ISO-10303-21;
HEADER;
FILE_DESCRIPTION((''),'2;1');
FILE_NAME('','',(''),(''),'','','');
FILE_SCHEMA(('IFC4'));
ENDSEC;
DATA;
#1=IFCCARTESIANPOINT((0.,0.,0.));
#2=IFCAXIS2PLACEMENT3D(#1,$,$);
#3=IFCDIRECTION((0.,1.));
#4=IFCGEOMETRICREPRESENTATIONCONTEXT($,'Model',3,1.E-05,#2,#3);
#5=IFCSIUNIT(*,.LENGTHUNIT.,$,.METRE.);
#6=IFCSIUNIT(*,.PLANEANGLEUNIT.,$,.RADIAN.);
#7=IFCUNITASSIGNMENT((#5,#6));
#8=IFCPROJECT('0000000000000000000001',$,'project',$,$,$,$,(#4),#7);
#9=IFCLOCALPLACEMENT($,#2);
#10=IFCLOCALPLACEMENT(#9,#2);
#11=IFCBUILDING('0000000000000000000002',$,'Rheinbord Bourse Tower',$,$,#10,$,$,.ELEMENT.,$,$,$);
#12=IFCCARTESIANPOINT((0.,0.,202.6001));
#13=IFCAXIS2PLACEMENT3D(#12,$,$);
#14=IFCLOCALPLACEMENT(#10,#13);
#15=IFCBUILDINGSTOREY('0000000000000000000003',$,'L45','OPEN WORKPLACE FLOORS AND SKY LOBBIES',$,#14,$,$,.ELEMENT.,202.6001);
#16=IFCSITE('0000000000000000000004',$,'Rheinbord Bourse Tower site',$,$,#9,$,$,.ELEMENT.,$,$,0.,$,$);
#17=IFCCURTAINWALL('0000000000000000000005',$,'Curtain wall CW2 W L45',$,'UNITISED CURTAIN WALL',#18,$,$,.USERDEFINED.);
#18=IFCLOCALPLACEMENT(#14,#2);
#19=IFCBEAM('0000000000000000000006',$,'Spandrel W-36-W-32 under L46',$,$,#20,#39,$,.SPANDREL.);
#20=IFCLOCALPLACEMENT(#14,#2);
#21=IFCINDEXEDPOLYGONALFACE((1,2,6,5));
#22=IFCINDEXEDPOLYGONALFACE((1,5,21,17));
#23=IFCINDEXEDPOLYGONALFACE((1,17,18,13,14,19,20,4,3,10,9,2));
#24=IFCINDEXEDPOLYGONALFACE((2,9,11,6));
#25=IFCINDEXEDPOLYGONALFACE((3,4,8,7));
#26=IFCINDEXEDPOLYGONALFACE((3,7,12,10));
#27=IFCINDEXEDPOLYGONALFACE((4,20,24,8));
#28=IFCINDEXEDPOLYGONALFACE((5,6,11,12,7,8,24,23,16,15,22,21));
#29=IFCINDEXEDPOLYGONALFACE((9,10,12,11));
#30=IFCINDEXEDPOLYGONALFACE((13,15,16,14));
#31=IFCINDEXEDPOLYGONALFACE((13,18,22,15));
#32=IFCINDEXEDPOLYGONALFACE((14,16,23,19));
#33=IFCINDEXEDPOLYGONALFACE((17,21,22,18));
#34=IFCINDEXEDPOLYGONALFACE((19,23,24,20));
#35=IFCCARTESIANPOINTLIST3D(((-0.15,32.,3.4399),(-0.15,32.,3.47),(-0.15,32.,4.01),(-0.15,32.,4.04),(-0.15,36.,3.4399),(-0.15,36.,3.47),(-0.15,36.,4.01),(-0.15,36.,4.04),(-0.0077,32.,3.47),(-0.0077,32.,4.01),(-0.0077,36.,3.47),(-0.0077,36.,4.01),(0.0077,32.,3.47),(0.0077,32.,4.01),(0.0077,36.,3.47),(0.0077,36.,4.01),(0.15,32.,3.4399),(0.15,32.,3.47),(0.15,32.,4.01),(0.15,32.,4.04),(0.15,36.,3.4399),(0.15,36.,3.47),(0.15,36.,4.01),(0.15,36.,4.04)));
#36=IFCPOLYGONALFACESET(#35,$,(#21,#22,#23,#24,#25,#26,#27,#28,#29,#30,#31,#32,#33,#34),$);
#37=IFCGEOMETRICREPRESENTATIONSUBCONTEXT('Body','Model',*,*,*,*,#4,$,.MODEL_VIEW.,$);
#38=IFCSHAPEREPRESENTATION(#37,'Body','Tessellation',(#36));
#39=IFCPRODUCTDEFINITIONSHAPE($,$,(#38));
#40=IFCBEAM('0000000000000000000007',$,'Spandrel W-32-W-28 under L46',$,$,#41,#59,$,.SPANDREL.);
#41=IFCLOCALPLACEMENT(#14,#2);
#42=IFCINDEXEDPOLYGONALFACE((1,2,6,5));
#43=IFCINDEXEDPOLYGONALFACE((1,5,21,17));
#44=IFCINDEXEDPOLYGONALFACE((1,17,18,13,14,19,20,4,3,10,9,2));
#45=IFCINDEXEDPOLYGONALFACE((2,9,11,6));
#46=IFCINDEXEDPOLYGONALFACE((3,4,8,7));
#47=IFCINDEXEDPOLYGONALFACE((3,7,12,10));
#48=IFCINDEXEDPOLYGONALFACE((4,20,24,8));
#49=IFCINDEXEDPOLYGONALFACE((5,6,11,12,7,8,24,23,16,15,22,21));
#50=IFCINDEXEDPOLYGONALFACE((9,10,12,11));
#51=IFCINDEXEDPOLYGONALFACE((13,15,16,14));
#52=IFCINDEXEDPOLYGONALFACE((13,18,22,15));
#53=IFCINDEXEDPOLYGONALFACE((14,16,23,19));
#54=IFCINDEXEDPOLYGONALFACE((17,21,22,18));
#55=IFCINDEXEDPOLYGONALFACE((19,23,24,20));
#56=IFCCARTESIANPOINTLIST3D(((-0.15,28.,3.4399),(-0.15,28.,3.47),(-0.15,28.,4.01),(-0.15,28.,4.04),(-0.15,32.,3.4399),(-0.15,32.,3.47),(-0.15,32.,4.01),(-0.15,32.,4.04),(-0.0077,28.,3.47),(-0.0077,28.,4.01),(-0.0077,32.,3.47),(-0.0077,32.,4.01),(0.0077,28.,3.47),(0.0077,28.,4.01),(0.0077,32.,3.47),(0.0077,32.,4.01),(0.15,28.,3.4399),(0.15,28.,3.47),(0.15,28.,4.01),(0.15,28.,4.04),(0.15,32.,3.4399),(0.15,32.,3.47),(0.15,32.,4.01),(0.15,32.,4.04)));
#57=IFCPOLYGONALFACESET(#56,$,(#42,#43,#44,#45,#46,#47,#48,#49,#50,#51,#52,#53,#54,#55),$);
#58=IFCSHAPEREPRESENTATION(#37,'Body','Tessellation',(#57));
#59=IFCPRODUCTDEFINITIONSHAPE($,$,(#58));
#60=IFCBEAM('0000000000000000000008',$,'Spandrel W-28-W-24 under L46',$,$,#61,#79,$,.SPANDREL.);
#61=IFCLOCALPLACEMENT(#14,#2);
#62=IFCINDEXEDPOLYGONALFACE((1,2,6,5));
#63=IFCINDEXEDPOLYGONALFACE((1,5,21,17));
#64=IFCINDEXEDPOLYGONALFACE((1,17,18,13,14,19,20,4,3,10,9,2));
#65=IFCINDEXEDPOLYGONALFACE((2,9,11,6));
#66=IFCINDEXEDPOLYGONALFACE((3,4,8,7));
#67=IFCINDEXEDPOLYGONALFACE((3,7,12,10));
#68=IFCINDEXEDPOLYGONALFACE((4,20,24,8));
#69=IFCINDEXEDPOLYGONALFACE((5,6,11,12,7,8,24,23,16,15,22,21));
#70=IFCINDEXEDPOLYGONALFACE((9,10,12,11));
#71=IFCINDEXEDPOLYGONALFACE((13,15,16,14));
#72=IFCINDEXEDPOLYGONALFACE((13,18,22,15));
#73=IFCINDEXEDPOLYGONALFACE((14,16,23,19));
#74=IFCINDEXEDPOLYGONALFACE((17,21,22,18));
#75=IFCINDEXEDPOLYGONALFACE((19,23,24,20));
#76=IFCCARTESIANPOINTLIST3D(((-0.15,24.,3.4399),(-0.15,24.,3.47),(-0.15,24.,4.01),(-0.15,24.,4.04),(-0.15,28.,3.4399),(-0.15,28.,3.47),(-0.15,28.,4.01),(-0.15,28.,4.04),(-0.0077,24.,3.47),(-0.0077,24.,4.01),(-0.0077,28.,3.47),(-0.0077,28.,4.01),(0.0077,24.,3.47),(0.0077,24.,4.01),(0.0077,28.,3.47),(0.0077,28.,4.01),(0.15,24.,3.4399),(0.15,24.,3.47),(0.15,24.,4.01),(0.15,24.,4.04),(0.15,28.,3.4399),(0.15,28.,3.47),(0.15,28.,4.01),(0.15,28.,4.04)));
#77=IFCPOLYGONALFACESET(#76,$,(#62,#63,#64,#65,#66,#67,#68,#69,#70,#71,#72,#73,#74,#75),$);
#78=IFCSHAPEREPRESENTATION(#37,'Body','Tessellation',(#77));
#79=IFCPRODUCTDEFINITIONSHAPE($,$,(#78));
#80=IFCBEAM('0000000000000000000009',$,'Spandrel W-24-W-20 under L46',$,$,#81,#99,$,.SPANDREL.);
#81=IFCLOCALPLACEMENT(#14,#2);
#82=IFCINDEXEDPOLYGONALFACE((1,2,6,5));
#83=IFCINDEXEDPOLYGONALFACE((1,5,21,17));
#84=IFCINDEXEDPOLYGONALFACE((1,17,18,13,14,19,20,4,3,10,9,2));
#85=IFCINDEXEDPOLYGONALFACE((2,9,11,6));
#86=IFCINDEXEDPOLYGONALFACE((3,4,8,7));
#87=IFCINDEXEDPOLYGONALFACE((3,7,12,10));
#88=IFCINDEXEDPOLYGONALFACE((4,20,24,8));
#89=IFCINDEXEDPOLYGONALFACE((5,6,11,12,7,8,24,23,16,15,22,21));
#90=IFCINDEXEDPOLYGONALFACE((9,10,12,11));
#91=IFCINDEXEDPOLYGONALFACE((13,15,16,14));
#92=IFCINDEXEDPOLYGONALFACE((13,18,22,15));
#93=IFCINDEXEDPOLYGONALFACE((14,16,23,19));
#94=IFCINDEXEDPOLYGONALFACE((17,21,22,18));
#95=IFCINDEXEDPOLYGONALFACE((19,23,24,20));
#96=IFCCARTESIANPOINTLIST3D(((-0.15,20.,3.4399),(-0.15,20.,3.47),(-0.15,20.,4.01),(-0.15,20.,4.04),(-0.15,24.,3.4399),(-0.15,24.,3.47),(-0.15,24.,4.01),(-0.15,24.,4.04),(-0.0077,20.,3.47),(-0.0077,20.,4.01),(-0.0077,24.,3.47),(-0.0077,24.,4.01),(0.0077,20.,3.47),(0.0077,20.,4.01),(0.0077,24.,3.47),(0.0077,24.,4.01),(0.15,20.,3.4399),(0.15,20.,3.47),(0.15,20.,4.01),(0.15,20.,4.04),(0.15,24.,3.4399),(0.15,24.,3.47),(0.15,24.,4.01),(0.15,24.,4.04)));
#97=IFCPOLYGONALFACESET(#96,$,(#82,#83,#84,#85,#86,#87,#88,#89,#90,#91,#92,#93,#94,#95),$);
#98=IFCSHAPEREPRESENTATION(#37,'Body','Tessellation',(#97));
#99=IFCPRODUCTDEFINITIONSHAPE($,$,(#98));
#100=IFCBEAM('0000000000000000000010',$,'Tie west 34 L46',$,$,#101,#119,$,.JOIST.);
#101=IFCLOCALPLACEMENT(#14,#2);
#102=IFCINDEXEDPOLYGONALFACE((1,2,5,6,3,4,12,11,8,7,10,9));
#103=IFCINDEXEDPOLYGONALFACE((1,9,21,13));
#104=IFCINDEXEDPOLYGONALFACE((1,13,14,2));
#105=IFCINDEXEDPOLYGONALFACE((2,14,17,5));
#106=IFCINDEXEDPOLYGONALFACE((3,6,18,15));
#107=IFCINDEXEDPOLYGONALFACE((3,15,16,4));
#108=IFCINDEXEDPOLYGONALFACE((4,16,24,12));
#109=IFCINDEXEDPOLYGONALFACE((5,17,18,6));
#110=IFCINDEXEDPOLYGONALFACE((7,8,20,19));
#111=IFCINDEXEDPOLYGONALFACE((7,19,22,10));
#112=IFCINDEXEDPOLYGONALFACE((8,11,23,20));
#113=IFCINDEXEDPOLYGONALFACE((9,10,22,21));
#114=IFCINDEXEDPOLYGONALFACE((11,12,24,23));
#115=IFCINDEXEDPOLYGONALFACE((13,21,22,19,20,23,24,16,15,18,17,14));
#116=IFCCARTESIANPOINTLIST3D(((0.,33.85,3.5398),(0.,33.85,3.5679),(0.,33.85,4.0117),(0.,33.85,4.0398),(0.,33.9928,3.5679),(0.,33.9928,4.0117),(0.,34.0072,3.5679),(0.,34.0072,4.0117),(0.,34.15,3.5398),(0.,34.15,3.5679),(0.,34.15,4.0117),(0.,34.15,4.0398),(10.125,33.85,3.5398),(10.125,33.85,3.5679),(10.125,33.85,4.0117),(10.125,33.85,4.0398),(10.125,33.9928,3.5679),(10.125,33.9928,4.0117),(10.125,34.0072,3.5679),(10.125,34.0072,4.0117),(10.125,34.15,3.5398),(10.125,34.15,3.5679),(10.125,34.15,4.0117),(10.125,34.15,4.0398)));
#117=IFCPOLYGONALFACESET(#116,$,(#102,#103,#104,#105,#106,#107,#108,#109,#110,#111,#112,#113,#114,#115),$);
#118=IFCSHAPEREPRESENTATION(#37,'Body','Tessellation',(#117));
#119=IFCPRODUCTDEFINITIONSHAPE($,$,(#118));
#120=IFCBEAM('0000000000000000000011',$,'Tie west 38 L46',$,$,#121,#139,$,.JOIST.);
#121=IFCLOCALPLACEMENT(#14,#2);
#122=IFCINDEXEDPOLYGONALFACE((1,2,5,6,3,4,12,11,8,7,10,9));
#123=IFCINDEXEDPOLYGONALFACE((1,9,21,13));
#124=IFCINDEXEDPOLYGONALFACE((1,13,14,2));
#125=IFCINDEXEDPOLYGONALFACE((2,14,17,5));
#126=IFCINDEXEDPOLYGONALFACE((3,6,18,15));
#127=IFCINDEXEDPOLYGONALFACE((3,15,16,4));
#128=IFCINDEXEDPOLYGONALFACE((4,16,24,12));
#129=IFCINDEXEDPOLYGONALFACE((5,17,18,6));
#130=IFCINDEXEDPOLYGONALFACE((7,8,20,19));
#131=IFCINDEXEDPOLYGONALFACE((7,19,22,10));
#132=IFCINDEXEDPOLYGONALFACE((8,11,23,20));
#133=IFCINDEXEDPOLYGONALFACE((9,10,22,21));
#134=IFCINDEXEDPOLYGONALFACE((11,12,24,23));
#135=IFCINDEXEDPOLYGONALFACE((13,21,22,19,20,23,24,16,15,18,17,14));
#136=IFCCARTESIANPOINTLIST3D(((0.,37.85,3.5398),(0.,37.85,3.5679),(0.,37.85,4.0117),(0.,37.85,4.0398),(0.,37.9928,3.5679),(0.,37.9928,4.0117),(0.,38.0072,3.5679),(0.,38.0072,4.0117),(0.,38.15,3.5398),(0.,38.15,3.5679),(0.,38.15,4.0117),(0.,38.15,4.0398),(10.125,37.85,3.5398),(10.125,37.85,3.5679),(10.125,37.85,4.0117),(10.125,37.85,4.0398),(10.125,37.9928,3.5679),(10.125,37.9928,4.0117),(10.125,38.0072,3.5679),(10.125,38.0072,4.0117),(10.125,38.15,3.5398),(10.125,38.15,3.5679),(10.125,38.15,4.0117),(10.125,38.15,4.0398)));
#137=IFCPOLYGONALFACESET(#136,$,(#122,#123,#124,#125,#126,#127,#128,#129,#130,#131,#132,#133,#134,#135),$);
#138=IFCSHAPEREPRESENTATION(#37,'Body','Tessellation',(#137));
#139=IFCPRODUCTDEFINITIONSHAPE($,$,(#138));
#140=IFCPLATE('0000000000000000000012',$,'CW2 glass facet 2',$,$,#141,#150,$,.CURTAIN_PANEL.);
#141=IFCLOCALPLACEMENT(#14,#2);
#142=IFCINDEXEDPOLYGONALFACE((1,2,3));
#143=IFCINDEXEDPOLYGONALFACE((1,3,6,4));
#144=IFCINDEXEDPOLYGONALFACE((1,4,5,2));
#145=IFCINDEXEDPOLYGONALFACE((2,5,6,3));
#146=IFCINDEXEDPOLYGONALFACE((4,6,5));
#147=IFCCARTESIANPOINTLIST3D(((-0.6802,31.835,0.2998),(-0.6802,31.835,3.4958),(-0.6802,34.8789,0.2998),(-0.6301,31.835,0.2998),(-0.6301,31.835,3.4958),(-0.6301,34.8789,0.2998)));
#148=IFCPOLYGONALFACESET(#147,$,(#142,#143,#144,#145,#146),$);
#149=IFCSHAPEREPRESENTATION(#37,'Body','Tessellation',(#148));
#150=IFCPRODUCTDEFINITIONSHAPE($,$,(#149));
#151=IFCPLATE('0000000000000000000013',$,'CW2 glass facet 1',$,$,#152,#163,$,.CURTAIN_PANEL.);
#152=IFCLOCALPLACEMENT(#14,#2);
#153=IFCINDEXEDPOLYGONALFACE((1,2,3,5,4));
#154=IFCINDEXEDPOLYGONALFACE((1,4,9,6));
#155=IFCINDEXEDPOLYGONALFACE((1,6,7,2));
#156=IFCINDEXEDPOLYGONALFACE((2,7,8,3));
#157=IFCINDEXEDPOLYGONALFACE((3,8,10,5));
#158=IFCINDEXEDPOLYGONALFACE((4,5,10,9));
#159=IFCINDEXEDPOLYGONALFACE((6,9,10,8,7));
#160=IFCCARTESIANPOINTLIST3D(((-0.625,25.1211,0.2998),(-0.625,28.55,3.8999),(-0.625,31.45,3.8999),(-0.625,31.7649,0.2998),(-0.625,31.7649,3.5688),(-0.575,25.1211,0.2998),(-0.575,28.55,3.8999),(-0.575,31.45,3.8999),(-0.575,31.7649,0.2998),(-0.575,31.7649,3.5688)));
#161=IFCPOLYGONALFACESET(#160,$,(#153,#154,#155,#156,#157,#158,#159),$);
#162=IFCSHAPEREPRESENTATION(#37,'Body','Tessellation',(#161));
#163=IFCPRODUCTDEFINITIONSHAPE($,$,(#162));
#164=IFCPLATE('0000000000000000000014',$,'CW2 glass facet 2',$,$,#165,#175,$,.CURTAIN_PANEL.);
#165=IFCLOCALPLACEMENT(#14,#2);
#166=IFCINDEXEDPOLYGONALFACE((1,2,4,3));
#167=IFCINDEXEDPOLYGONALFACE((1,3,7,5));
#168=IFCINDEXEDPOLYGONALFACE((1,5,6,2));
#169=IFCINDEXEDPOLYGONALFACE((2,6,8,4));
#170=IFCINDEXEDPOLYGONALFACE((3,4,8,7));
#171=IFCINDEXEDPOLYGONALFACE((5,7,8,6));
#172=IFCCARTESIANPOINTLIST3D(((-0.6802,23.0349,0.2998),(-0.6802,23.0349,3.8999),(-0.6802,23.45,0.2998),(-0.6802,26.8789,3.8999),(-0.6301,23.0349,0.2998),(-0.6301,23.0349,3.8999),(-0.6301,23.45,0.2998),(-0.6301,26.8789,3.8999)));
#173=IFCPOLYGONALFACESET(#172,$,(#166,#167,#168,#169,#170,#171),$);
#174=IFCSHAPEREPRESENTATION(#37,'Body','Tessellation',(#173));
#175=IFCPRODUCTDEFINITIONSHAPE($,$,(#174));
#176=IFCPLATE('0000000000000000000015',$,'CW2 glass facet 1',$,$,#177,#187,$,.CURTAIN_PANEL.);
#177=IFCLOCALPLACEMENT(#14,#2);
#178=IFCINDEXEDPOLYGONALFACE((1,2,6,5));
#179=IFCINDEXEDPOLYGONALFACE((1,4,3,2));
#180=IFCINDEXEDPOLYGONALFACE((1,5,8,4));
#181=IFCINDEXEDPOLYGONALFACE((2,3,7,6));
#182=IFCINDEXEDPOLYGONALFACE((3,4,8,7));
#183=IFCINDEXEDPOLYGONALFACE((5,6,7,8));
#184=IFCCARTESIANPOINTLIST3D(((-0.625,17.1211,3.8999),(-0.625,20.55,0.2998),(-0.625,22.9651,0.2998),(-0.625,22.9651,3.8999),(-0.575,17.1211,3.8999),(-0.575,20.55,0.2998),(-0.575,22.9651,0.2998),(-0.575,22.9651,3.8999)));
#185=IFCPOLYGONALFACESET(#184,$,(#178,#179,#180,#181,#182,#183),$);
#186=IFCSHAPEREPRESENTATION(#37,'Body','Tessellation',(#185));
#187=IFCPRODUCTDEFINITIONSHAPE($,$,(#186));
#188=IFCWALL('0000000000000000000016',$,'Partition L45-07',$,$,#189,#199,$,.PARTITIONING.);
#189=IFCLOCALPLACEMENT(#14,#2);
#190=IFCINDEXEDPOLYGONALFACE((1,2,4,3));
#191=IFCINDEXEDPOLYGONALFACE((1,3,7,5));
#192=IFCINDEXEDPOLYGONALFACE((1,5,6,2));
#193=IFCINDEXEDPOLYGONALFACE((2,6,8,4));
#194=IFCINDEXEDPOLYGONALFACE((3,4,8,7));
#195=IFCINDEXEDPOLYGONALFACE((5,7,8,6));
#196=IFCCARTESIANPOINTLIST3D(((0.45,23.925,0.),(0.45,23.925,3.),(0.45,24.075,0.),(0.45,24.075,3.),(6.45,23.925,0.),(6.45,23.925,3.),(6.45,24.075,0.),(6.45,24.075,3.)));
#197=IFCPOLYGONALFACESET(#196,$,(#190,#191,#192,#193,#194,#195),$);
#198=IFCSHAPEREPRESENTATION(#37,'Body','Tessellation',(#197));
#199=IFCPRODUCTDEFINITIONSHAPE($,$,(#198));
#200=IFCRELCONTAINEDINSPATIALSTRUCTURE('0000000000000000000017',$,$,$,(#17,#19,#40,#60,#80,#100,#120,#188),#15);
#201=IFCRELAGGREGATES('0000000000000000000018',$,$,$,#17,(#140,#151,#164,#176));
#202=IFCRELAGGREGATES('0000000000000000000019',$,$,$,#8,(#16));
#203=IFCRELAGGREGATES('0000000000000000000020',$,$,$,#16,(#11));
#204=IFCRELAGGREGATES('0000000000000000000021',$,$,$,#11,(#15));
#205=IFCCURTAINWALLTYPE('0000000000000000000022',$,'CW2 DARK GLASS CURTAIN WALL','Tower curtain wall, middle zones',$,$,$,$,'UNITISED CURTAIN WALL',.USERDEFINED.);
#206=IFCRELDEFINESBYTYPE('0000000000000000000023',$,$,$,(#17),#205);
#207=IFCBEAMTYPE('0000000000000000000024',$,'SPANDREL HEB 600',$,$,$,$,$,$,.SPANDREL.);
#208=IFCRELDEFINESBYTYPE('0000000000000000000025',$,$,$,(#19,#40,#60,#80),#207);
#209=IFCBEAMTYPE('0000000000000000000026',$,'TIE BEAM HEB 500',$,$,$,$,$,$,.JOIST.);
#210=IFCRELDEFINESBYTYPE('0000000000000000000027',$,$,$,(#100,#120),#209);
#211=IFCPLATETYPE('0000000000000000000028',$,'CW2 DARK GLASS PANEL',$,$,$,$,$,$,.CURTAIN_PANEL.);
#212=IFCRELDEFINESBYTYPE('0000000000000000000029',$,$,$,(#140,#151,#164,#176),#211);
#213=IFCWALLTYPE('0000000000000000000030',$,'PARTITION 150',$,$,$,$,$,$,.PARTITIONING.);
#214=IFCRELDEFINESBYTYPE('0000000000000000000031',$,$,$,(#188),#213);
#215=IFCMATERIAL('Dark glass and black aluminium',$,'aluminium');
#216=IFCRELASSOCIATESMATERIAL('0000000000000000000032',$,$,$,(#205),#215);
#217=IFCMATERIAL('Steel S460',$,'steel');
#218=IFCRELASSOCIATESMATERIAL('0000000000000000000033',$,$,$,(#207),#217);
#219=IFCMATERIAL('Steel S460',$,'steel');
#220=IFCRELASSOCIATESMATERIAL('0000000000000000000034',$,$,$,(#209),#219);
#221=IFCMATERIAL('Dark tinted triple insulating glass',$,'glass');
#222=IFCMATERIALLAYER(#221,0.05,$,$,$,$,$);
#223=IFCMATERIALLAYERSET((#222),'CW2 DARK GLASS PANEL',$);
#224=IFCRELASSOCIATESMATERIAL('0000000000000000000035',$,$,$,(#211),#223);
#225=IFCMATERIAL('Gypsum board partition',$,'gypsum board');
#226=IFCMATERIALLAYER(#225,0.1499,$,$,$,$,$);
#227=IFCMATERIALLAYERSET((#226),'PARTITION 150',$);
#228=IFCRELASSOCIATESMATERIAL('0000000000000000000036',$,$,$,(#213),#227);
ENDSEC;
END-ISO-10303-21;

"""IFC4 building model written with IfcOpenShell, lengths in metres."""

from ifc_helpers import new_model, si_unit, direction, frame, frame_2d, origin, origin_2d, place, context, subcontext, project, spatial, polyline, rectangle, i_section, outline, extrude, material, layer, layer_set, material_profile, profile_set, type_object, element, aggregate, save


model = new_model("IFC4")

# Units and contexts
model_context = context("Model", 3, precision=1e-05, world=origin(), true_north=direction((0.0, 1.0)))
body_context = subcontext(model_context, "Body", "Model", "MODEL_VIEW")
ifc_project = project(units=[si_unit("LENGTHUNIT", "METRE"), si_unit("PLANEANGLEUNIT", "RADIAN")], contexts=[model_context])

# Site, building, storey
site_placement = place(None, origin())
site = spatial("IfcSite", under=ifc_project, at=site_placement, Name="Rheinbord Bourse Tower site", CompositionType="ELEMENT", RefElevation=0.0)
building_placement = place(site_placement, origin())
building = spatial("IfcBuilding", under=site, at=building_placement, Name="Rheinbord Bourse Tower", CompositionType="ELEMENT")
storey_placement = place(building_placement, frame((0.0, 0.0, 202.6001)))
storey = spatial("IfcBuildingStorey", under=building, at=storey_placement, Name="L45", Description="OPEN WORKPLACE FLOORS AND SKY LOBBIES", CompositionType="ELEMENT", Elevation=202.6001)

# Curtain wall
ifc_material_1 = material(Name="Dark glass and black aluminium", Category="aluminium")
curtain_wall_type = type_object("IfcCurtainWallType", Name="CW2 DARK GLASS CURTAIN WALL", Description="Tower curtain wall, middle zones", ElementType="UNITISED CURTAIN WALL", PredefinedType="USERDEFINED", material=ifc_material_1)
curtain_wall_placement = place(storey_placement, origin())
curtain_wall = element("IfcCurtainWall", 1, at=curtain_wall_placement, inside=storey, type_object=curtain_wall_type, Name="Curtain wall CW2 W L45", ObjectType="UNITISED CURTAIN WALL", PredefinedType="USERDEFINED")

# Beams
ifc_material_2 = material(Name="Steel S460", Category="steel")
ifc_material_profile_1 = material_profile(ifc_material_2, i_section(OverallWidth=0.3, OverallDepth=0.6001, WebThickness=0.0154, FlangeThickness=0.03, at=origin_2d()), Name="HEB 600")
ifc_profile_set_1 = profile_set([ifc_material_profile_1], Name="Steel S460")
beam_type_1 = type_object("IfcBeamType", Name="SPANDREL HEB 600", PredefinedType="SPANDREL", material=ifc_profile_set_1)
for number, where, z_axis, x_axis, name in (
    (2, (0.0, 36.0, 3.74), (0.0, -1.0, 0.0), (1.0, 0.0, 0.0), "Spandrel W-36-W-32 under L46"),
    (3, (0.0, 32.0, 3.74), (0.0, -1.0, 0.0), (1.0, 0.0, 0.0), "Spandrel W-32-W-28 under L46"),
    (4, (0.0, 28.0, 3.74), (0.0, -1.0, 0.0), (1.0, 0.0, 0.0), "Spandrel W-28-W-24 under L46"),
    (5, (0.0, 24.0, 3.74), (0.0, -1.0, 0.0), (1.0, 0.0, 0.0), "Spandrel W-24-W-20 under L46"),
):
    element("IfcBeam", number, at=place(storey_placement, frame(where, z_axis=z_axis, x_axis=x_axis)), inside=storey, type_object=beam_type_1, Name=name, PredefinedType="SPANDREL", context=body_context, shape_type="SweptSolid", body=[
        extrude(i_section(OverallWidth=0.3, OverallDepth=0.6001, WebThickness=0.0154, FlangeThickness=0.03, at=origin_2d()), origin(), (0.0, 0.0, 1.0), 4.0),
    ])
ifc_material_3 = material(Name="Steel S460", Category="steel")
ifc_material_profile_2 = material_profile(ifc_material_3, i_section(OverallWidth=0.3, OverallDepth=0.5, WebThickness=0.0144, FlangeThickness=0.0281, at=origin_2d()), Name="HEB 500")
ifc_profile_set_2 = profile_set([ifc_material_profile_2], Name="Steel S460")
beam_type_2 = type_object("IfcBeamType", Name="TIE BEAM HEB 500", PredefinedType="JOIST", material=ifc_profile_set_2)
for number, where, z_axis, x_axis, name in (
    (6, (0.0, 34.0, 3.7898), (1.0, 0.0, 0.0), (0.0, 1.0, 0.0), "Tie west 34 L46"),
    (7, (0.0, 38.0, 3.7898), (1.0, 0.0, 0.0), (0.0, 1.0, 0.0), "Tie west 38 L46"),
):
    element("IfcBeam", number, at=place(storey_placement, frame(where, z_axis=z_axis, x_axis=x_axis)), inside=storey, type_object=beam_type_2, Name=name, PredefinedType="JOIST", context=body_context, shape_type="SweptSolid", body=[
        extrude(i_section(OverallWidth=0.3, OverallDepth=0.5, WebThickness=0.0144, FlangeThickness=0.0281, at=origin_2d()), origin(), (0.0, 0.0, 1.0), 10.125),
    ])

# Plates
ifc_material_4 = material(Name="Dark tinted triple insulating glass", Category="glass")
ifc_layer_1 = layer(ifc_material_4, 0.05)
ifc_layer_set_1 = layer_set([ifc_layer_1], Name="CW2 DARK GLASS PANEL")
plate_type = type_object("IfcPlateType", Name="CW2 DARK GLASS PANEL", PredefinedType="CURTAIN_PANEL", material=ifc_layer_set_1)
plate_1_placement = place(storey_placement, frame((-0.6802, 31.835, 0.2998), z_axis=(1.0, 0.0, 0.0), x_axis=(0.0, 1.0, 0.0)))
plate_1 = element("IfcPlate", 8, at=plate_1_placement, type_object=plate_type, Name="CW2 glass facet 2", PredefinedType="CURTAIN_PANEL", context=body_context, shape_type="SweptSolid", body=[
    extrude(outline(polyline([(0.0, 0.0), (3.0439, 0.0), (0.0, 3.196), (0.0, 0.0)])), origin(), (0.0, 0.0, 1.0), 0.05),
])
plate_2_placement = place(storey_placement, frame((-0.625, 31.7649, 0.2998), z_axis=(1.0, 0.0, 0.0), x_axis=(0.0, 0.0, 1.0)))
plate_2 = element("IfcPlate", 9, at=plate_2_placement, type_object=plate_type, Name="CW2 glass facet 1", PredefinedType="CURTAIN_PANEL", context=body_context, shape_type="SweptSolid", body=[
    extrude(outline(polyline([(0.0, 0.0), (3.269, 0.0), (3.6001, 0.3149), (3.6001, 3.2148), (0.0, 6.6438), (0.0, 0.0)])), origin(), (0.0, 0.0, 1.0), 0.05),
])
plate_3_placement = place(storey_placement, frame((-0.6802, 23.0349, 3.8999), z_axis=(1.0, 0.0, 0.0), x_axis=(0.0, 0.0, -1.0)))
plate_3 = element("IfcPlate", 10, at=plate_3_placement, type_object=plate_type, Name="CW2 glass facet 2", PredefinedType="CURTAIN_PANEL", context=body_context, shape_type="SweptSolid", body=[
    extrude(outline(polyline([(0.0, 0.0), (3.6001, 0.0), (3.6001, 0.415), (0.0, 3.844), (0.0, 0.0)])), origin(), (0.0, 0.0, 1.0), 0.05),
])
plate_4_placement = place(storey_placement, frame((-0.625, 22.9651, 0.2998), z_axis=(1.0, 0.0, 0.0), x_axis=(0.0, 0.0, 1.0)))
plate_4 = element("IfcPlate", 11, at=plate_4_placement, type_object=plate_type, Name="CW2 glass facet 1", PredefinedType="CURTAIN_PANEL", context=body_context, shape_type="SweptSolid", body=[
    extrude(outline(polyline([(0.0, 0.0), (3.6001, 0.0), (3.6001, 5.844), (0.0, 2.415), (0.0, 0.0)])), origin(), (0.0, 0.0, 1.0), 0.05),
])
aggregate(curtain_wall, [plate_1, plate_2, plate_3, plate_4])

# Wall
ifc_material_5 = material(Name="Gypsum board partition", Category="gypsum board")
ifc_layer_2 = layer(ifc_material_5, 0.1499)
ifc_layer_set_2 = layer_set([ifc_layer_2], Name="PARTITION 150")
wall_type = type_object("IfcWallType", Name="PARTITION 150", PredefinedType="PARTITIONING", material=ifc_layer_set_2)
wall_1_placement = place(storey_placement, frame((0.45, 24.0, 0.0), z_axis=(0.0, 0.0, 1.0), x_axis=(1.0, 0.0, 0.0)))
element("IfcWall", 12, at=wall_1_placement, inside=storey, type_object=wall_type, Name="Partition L45-07", PredefinedType="PARTITIONING", context=body_context, shape_type="SweptSolid", body=[
    extrude(rectangle(XDim=6.0, YDim=0.1499, at=frame_2d((3.0, 0.0))), origin(), (0.0, 0.0, 1.0), 3.0),
])

save(model, "model.ifc")
